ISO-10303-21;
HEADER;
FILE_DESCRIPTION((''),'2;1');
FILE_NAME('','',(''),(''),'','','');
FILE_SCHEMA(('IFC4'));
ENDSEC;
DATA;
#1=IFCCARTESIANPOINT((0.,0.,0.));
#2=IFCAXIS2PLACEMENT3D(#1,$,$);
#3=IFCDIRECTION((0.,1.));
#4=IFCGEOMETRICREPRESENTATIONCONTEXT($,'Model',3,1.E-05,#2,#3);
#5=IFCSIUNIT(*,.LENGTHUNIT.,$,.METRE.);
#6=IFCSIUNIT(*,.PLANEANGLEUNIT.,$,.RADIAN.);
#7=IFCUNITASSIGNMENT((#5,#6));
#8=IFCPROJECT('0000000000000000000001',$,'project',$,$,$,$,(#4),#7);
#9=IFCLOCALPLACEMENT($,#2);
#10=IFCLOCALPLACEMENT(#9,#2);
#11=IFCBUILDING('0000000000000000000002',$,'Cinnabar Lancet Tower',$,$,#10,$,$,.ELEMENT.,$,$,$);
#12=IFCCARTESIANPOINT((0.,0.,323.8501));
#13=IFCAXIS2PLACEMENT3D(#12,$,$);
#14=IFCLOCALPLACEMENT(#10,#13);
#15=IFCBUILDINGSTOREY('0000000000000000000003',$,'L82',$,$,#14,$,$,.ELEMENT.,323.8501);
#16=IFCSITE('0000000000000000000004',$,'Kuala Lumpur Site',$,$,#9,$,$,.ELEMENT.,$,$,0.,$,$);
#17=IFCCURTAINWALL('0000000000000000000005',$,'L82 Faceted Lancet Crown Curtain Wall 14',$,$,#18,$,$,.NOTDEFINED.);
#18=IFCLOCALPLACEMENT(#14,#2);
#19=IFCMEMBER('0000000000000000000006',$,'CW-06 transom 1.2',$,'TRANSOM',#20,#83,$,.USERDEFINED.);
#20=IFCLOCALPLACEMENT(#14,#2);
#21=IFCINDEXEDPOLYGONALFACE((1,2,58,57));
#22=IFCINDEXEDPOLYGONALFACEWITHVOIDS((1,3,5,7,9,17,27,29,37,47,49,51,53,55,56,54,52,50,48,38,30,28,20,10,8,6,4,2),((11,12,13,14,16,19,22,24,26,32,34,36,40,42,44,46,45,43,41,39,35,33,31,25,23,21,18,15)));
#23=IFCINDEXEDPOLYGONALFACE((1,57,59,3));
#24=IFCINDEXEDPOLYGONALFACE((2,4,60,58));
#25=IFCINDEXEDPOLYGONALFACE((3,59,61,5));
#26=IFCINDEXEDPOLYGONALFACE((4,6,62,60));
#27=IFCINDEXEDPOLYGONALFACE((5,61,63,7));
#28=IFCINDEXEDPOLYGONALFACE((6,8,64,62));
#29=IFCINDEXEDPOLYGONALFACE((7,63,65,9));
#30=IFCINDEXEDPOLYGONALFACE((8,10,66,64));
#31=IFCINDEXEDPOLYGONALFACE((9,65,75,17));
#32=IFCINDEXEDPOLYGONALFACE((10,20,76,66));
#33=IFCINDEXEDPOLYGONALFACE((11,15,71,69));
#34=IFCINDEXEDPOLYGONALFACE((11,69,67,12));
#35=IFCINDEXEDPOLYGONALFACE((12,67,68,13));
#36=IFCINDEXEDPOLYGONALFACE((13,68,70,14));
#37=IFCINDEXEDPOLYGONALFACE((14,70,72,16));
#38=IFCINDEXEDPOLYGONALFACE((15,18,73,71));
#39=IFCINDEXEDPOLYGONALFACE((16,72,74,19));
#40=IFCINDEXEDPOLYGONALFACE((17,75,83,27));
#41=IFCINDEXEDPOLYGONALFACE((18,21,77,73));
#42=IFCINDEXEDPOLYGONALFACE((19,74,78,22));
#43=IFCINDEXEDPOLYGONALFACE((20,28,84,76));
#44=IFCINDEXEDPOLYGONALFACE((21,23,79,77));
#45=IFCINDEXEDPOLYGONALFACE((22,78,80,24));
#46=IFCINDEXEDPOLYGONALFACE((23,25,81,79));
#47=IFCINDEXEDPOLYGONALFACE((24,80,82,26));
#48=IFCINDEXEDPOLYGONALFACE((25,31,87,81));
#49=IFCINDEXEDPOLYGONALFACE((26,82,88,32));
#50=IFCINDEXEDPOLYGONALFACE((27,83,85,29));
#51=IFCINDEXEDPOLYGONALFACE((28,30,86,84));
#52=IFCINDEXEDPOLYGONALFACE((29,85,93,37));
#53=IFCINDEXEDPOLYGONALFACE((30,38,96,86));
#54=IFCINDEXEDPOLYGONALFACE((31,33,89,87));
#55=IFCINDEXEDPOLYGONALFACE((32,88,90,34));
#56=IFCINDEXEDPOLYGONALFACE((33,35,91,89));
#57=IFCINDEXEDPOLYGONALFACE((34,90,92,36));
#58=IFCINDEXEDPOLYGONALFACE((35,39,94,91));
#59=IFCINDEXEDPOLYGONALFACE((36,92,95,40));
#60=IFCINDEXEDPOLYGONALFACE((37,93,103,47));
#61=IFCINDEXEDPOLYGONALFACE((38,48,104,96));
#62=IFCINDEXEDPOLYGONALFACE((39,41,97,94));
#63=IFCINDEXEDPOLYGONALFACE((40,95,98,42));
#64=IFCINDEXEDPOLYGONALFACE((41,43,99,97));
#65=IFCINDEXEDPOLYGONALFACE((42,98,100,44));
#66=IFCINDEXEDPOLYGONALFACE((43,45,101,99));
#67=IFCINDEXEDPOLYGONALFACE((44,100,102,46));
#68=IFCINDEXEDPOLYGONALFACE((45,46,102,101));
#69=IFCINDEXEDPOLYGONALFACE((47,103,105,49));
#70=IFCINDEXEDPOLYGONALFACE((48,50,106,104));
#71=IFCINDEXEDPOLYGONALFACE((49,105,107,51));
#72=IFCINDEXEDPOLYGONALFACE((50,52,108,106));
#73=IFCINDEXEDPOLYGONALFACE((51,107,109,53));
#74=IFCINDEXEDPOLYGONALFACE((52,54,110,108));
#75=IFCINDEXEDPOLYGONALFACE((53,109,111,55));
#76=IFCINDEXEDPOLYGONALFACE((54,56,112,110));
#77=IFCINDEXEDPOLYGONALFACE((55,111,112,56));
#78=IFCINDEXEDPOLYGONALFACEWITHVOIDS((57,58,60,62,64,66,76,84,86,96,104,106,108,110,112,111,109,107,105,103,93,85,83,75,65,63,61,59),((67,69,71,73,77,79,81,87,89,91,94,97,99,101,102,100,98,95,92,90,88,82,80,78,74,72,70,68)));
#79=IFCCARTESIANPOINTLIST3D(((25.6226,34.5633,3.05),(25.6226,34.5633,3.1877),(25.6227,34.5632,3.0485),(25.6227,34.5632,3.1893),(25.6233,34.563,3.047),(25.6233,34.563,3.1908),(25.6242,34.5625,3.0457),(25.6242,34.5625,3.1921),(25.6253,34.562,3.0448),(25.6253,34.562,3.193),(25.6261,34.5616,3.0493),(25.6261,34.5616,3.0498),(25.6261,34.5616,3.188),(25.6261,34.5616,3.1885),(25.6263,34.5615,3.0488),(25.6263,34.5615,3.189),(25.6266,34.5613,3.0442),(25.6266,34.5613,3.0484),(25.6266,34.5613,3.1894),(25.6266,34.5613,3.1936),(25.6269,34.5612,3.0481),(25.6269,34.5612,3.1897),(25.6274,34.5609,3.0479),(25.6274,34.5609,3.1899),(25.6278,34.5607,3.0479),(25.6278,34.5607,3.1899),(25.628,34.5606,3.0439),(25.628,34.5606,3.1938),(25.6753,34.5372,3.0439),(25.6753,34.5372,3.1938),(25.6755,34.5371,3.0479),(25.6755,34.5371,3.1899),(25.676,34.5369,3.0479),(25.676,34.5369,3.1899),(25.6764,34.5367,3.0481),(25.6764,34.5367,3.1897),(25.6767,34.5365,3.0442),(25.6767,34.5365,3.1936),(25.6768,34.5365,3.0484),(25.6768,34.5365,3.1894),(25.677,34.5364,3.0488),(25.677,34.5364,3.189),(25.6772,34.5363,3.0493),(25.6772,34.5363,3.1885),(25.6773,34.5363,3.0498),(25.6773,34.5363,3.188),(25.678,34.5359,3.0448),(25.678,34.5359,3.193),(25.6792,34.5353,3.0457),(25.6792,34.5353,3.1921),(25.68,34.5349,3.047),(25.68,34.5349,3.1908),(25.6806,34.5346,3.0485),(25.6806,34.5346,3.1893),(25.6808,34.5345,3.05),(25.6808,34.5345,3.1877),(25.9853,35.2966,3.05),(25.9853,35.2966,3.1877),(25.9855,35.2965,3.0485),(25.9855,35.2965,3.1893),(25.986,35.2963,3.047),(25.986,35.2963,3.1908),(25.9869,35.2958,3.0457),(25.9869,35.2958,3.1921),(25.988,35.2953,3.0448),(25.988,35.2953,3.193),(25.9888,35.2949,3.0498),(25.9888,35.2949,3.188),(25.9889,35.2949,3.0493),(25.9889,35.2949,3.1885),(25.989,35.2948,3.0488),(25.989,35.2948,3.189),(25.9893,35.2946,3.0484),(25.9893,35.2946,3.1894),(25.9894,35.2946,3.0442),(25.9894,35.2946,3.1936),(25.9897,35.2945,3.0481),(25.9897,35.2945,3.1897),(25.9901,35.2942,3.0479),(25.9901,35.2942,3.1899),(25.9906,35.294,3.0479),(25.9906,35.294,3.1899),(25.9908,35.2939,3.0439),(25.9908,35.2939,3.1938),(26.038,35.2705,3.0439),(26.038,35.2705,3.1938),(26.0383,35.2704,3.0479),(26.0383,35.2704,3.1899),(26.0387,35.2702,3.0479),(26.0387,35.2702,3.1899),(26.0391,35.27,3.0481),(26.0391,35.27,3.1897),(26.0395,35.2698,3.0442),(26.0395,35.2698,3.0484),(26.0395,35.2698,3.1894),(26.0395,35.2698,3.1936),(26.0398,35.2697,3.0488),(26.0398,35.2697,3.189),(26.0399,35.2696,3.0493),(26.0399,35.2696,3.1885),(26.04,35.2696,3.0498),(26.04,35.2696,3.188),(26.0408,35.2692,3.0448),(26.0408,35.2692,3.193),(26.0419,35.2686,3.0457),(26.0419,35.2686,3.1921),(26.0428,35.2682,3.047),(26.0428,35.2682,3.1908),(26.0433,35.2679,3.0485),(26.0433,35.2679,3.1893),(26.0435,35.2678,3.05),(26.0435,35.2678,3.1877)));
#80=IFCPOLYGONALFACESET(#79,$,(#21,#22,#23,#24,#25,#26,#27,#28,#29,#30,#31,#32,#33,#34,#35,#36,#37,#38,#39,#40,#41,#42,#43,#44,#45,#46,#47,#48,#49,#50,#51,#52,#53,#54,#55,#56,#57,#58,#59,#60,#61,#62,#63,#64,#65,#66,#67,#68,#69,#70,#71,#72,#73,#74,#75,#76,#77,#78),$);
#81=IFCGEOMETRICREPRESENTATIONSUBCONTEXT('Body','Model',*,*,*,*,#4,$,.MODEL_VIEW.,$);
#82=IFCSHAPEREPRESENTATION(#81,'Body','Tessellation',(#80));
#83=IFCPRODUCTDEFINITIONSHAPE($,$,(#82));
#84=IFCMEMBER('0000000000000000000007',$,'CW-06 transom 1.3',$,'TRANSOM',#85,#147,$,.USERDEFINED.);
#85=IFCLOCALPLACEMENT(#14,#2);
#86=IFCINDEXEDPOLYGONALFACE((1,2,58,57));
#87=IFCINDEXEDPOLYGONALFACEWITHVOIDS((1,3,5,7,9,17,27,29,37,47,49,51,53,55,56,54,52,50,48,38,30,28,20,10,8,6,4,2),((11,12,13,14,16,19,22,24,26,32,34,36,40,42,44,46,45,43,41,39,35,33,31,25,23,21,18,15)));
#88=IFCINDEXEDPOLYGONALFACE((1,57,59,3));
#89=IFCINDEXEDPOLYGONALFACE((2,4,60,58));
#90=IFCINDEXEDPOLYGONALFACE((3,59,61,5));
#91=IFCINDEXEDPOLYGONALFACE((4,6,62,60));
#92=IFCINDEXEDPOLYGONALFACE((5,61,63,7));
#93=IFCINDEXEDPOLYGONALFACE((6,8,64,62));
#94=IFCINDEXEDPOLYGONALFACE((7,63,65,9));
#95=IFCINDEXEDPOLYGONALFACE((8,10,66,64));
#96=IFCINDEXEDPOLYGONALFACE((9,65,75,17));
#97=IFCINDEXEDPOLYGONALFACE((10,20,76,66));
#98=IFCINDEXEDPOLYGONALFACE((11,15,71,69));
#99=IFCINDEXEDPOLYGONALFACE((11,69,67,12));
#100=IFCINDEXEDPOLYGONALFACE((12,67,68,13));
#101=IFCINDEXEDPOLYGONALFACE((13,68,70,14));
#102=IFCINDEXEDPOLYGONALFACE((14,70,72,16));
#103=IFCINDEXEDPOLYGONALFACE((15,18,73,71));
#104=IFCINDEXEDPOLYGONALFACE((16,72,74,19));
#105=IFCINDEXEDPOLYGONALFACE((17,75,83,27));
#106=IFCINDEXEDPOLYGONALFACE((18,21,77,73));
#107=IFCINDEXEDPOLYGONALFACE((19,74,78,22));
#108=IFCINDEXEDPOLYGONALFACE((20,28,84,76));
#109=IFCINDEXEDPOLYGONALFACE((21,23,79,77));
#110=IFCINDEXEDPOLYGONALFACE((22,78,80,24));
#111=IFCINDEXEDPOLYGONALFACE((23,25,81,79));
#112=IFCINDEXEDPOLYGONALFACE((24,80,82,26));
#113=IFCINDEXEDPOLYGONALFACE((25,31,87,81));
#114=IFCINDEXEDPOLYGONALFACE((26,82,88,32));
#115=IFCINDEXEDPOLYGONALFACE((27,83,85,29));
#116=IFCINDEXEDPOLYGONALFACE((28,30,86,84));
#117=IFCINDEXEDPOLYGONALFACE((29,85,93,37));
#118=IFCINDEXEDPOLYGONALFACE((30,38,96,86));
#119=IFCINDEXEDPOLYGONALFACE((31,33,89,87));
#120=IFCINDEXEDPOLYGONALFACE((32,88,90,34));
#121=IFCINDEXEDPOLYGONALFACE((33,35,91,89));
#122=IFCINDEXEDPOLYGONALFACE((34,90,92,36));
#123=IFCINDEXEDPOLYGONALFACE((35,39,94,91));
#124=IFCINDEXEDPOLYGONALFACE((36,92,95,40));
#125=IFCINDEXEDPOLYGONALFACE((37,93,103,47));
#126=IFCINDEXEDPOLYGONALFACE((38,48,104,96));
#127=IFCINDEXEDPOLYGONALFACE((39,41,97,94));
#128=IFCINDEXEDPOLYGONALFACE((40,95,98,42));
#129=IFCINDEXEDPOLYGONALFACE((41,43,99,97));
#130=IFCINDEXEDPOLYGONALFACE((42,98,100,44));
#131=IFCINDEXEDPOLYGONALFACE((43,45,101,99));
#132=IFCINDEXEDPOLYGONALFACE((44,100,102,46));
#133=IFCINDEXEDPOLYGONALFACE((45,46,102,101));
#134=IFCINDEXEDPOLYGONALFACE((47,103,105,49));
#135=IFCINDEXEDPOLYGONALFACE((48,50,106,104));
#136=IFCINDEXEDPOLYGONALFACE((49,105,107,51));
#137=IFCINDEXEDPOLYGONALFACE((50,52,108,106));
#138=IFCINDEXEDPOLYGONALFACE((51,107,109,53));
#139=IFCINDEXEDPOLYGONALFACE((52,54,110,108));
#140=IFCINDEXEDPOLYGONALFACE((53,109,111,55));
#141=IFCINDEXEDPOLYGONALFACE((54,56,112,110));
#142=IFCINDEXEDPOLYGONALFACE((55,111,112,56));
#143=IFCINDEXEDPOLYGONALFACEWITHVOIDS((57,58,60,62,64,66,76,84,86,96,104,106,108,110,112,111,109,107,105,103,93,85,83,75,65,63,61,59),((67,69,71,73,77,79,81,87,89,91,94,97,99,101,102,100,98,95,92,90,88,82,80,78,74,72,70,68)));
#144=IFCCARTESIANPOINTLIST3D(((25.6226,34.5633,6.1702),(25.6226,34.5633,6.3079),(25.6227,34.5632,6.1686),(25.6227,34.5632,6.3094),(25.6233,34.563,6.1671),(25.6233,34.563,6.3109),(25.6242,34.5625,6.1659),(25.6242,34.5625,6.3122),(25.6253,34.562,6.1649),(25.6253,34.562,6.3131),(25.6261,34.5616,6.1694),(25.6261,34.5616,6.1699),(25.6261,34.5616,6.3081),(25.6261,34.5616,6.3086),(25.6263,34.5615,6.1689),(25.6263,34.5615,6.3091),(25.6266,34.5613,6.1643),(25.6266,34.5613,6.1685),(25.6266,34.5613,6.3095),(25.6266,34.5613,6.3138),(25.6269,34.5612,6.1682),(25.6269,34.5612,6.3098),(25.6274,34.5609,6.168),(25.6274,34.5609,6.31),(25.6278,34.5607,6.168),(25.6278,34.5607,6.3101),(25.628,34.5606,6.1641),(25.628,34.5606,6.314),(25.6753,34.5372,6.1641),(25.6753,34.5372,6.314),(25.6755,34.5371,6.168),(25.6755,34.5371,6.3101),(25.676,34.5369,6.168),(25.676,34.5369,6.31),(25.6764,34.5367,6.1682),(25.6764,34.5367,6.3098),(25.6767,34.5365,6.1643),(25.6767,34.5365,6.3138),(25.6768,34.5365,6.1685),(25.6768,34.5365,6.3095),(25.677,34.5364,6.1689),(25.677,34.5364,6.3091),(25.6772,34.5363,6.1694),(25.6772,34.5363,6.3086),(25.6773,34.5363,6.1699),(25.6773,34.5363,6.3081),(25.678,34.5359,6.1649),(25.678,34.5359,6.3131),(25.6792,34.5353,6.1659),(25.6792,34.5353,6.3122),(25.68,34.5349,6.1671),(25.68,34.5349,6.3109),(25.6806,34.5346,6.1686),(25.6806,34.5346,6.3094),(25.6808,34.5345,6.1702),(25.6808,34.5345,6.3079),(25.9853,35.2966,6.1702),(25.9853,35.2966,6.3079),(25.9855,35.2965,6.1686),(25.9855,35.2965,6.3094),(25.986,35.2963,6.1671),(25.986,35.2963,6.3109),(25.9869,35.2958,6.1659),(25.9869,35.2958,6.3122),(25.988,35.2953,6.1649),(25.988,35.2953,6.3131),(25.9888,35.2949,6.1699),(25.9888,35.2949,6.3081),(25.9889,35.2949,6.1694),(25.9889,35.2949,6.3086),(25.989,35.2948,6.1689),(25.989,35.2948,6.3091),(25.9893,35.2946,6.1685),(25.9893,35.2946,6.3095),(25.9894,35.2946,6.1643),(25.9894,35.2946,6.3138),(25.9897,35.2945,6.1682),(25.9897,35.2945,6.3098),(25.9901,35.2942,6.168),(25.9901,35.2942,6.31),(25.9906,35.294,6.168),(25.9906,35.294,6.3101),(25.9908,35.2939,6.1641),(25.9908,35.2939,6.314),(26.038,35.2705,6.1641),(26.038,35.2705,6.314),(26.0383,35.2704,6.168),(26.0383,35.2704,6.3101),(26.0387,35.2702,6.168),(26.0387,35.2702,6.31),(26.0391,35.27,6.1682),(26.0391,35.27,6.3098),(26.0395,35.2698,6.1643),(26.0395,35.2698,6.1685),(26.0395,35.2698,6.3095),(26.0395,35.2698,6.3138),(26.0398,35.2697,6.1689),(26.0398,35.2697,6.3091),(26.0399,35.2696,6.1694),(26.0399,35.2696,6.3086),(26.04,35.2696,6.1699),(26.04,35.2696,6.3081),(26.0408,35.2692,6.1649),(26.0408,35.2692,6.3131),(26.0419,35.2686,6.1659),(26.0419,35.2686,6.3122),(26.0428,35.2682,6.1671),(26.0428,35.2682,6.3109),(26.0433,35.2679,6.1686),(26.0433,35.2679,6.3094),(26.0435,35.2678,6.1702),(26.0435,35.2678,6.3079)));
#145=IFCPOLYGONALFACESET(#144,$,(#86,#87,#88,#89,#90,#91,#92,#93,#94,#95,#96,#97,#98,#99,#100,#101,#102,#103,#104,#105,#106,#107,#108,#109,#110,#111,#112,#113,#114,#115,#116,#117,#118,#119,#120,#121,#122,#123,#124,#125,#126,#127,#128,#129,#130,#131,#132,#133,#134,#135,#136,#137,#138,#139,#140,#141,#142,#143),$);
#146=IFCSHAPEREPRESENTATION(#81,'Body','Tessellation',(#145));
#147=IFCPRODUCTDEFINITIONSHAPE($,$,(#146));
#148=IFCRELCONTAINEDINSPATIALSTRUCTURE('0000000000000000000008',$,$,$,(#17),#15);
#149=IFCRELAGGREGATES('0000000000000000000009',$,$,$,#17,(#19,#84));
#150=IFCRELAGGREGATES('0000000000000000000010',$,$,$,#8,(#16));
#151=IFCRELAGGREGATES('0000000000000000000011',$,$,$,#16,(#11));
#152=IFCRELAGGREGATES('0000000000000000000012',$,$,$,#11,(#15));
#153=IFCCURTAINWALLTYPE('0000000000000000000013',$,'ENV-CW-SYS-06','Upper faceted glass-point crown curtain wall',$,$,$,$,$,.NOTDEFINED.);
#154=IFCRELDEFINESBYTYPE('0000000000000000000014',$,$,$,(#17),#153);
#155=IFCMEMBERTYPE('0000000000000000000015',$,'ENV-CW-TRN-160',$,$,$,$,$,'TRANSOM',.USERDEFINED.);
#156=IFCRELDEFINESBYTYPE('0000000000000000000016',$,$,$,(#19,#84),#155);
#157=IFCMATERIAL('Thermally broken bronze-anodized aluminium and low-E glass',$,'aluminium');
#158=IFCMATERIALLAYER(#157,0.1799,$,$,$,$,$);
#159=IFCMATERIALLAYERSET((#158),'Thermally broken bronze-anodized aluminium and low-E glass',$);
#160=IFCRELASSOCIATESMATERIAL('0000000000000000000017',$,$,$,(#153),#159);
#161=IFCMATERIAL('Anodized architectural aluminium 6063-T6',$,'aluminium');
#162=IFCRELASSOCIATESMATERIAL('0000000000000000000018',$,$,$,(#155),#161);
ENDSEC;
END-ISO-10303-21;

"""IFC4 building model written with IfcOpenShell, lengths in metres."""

from ifc_helpers import new_model, si_unit, direction, frame, origin, origin_2d, place, context, subcontext, project, spatial, hollow_rectangle, extrude, material, layer, layer_set, material_profile, profile_set, type_object, element, aggregate, save


model = new_model("IFC4")

# Units and contexts
model_context = context("Model", 3, precision=1e-05, world=origin(), true_north=direction((0.0, 1.0)))
body_context = subcontext(model_context, "Body", "Model", "MODEL_VIEW")
ifc_project = project(units=[si_unit("LENGTHUNIT", "METRE"), si_unit("PLANEANGLEUNIT", "RADIAN")], contexts=[model_context])

# Site, building, storey
site_placement = place(None, origin())
site = spatial("IfcSite", under=ifc_project, at=site_placement, Name="Kuala Lumpur Site", CompositionType="ELEMENT", RefElevation=0.0)
building_placement = place(site_placement, origin())
building = spatial("IfcBuilding", under=site, at=building_placement, Name="Cinnabar Lancet Tower", CompositionType="ELEMENT")
storey_placement = place(building_placement, frame((0.0, 0.0, 323.8501)))
storey = spatial("IfcBuildingStorey", under=building, at=storey_placement, Name="L82", CompositionType="ELEMENT", Elevation=323.8501)

# Curtain wall
ifc_material_1 = material(Name="Thermally broken bronze-anodized aluminium and low-E glass", Category="aluminium")
ifc_layer_1 = layer(ifc_material_1, 0.1799)
ifc_layer_set_1 = layer_set([ifc_layer_1], Name="Thermally broken bronze-anodized aluminium and low-E glass")
curtain_wall_type = type_object("IfcCurtainWallType", Name="ENV-CW-SYS-06", Description="Upper faceted glass-point crown curtain wall", PredefinedType="NOTDEFINED", material=ifc_layer_set_1)
curtain_wall_1_placement = place(storey_placement, origin())
curtain_wall_1 = element("IfcCurtainWall", 1, at=curtain_wall_1_placement, inside=storey, type_object=curtain_wall_type, Name="L82 Faceted Lancet Crown Curtain Wall 14", PredefinedType="NOTDEFINED")

# Members
ifc_material_2 = material(Name="Anodized architectural aluminium 6063-T6", Category="aluminium")
ifc_material_profile_1 = material_profile(ifc_material_2, hollow_rectangle(XDim=0.0649, YDim=0.1499, WallThickness=0.0039, InnerFilletRadius=0.002, OuterFilletRadius=0.0061, at=origin_2d()), Name="CW-TRN 150x65x4")
ifc_profile_set_1 = profile_set([ifc_material_profile_1], Name="Anodized architectural aluminium 6063-T6")
member_type_1 = type_object("IfcMemberType", Name="ENV-CW-TRN-160", ElementType="TRANSOM", PredefinedType="USERDEFINED", material=ifc_profile_set_1)
member_1_placement = place(storey_placement, frame((26.0144, 35.2822, 3.1189), z_axis=(-0.44339, -0.896329, 0.0), x_axis=(0.896329, -0.44339, 0.0)))
member_1 = element("IfcMember", 2, at=member_1_placement, type_object=member_type_1, Name="CW-06 transom 1.2", ObjectType="TRANSOM", PredefinedType="USERDEFINED", context=body_context, shape_type="SweptSolid", body=[
    extrude(hollow_rectangle(XDim=0.0649, YDim=0.1499, WallThickness=0.0039, InnerFilletRadius=0.002, OuterFilletRadius=0.0061, at=origin_2d()), origin(), (0.0, 0.0, 1.0), 0.8181),
])
member_2_placement = place(storey_placement, frame((26.0144, 35.2822, 6.239), z_axis=(-0.44339, -0.896329, 0.0), x_axis=(0.896329, -0.44339, 0.0)))
member_2 = element("IfcMember", 3, at=member_2_placement, type_object=member_type_1, Name="CW-06 transom 1.3", ObjectType="TRANSOM", PredefinedType="USERDEFINED", context=body_context, shape_type="SweptSolid", body=[
    extrude(hollow_rectangle(XDim=0.0649, YDim=0.1499, WallThickness=0.0039, InnerFilletRadius=0.002, OuterFilletRadius=0.0061, at=origin_2d()), origin(), (0.0, 0.0, 1.0), 0.8181),
])

aggregate(curtain_wall_1, [member_1, member_2])

save(model, "model.ifc")
